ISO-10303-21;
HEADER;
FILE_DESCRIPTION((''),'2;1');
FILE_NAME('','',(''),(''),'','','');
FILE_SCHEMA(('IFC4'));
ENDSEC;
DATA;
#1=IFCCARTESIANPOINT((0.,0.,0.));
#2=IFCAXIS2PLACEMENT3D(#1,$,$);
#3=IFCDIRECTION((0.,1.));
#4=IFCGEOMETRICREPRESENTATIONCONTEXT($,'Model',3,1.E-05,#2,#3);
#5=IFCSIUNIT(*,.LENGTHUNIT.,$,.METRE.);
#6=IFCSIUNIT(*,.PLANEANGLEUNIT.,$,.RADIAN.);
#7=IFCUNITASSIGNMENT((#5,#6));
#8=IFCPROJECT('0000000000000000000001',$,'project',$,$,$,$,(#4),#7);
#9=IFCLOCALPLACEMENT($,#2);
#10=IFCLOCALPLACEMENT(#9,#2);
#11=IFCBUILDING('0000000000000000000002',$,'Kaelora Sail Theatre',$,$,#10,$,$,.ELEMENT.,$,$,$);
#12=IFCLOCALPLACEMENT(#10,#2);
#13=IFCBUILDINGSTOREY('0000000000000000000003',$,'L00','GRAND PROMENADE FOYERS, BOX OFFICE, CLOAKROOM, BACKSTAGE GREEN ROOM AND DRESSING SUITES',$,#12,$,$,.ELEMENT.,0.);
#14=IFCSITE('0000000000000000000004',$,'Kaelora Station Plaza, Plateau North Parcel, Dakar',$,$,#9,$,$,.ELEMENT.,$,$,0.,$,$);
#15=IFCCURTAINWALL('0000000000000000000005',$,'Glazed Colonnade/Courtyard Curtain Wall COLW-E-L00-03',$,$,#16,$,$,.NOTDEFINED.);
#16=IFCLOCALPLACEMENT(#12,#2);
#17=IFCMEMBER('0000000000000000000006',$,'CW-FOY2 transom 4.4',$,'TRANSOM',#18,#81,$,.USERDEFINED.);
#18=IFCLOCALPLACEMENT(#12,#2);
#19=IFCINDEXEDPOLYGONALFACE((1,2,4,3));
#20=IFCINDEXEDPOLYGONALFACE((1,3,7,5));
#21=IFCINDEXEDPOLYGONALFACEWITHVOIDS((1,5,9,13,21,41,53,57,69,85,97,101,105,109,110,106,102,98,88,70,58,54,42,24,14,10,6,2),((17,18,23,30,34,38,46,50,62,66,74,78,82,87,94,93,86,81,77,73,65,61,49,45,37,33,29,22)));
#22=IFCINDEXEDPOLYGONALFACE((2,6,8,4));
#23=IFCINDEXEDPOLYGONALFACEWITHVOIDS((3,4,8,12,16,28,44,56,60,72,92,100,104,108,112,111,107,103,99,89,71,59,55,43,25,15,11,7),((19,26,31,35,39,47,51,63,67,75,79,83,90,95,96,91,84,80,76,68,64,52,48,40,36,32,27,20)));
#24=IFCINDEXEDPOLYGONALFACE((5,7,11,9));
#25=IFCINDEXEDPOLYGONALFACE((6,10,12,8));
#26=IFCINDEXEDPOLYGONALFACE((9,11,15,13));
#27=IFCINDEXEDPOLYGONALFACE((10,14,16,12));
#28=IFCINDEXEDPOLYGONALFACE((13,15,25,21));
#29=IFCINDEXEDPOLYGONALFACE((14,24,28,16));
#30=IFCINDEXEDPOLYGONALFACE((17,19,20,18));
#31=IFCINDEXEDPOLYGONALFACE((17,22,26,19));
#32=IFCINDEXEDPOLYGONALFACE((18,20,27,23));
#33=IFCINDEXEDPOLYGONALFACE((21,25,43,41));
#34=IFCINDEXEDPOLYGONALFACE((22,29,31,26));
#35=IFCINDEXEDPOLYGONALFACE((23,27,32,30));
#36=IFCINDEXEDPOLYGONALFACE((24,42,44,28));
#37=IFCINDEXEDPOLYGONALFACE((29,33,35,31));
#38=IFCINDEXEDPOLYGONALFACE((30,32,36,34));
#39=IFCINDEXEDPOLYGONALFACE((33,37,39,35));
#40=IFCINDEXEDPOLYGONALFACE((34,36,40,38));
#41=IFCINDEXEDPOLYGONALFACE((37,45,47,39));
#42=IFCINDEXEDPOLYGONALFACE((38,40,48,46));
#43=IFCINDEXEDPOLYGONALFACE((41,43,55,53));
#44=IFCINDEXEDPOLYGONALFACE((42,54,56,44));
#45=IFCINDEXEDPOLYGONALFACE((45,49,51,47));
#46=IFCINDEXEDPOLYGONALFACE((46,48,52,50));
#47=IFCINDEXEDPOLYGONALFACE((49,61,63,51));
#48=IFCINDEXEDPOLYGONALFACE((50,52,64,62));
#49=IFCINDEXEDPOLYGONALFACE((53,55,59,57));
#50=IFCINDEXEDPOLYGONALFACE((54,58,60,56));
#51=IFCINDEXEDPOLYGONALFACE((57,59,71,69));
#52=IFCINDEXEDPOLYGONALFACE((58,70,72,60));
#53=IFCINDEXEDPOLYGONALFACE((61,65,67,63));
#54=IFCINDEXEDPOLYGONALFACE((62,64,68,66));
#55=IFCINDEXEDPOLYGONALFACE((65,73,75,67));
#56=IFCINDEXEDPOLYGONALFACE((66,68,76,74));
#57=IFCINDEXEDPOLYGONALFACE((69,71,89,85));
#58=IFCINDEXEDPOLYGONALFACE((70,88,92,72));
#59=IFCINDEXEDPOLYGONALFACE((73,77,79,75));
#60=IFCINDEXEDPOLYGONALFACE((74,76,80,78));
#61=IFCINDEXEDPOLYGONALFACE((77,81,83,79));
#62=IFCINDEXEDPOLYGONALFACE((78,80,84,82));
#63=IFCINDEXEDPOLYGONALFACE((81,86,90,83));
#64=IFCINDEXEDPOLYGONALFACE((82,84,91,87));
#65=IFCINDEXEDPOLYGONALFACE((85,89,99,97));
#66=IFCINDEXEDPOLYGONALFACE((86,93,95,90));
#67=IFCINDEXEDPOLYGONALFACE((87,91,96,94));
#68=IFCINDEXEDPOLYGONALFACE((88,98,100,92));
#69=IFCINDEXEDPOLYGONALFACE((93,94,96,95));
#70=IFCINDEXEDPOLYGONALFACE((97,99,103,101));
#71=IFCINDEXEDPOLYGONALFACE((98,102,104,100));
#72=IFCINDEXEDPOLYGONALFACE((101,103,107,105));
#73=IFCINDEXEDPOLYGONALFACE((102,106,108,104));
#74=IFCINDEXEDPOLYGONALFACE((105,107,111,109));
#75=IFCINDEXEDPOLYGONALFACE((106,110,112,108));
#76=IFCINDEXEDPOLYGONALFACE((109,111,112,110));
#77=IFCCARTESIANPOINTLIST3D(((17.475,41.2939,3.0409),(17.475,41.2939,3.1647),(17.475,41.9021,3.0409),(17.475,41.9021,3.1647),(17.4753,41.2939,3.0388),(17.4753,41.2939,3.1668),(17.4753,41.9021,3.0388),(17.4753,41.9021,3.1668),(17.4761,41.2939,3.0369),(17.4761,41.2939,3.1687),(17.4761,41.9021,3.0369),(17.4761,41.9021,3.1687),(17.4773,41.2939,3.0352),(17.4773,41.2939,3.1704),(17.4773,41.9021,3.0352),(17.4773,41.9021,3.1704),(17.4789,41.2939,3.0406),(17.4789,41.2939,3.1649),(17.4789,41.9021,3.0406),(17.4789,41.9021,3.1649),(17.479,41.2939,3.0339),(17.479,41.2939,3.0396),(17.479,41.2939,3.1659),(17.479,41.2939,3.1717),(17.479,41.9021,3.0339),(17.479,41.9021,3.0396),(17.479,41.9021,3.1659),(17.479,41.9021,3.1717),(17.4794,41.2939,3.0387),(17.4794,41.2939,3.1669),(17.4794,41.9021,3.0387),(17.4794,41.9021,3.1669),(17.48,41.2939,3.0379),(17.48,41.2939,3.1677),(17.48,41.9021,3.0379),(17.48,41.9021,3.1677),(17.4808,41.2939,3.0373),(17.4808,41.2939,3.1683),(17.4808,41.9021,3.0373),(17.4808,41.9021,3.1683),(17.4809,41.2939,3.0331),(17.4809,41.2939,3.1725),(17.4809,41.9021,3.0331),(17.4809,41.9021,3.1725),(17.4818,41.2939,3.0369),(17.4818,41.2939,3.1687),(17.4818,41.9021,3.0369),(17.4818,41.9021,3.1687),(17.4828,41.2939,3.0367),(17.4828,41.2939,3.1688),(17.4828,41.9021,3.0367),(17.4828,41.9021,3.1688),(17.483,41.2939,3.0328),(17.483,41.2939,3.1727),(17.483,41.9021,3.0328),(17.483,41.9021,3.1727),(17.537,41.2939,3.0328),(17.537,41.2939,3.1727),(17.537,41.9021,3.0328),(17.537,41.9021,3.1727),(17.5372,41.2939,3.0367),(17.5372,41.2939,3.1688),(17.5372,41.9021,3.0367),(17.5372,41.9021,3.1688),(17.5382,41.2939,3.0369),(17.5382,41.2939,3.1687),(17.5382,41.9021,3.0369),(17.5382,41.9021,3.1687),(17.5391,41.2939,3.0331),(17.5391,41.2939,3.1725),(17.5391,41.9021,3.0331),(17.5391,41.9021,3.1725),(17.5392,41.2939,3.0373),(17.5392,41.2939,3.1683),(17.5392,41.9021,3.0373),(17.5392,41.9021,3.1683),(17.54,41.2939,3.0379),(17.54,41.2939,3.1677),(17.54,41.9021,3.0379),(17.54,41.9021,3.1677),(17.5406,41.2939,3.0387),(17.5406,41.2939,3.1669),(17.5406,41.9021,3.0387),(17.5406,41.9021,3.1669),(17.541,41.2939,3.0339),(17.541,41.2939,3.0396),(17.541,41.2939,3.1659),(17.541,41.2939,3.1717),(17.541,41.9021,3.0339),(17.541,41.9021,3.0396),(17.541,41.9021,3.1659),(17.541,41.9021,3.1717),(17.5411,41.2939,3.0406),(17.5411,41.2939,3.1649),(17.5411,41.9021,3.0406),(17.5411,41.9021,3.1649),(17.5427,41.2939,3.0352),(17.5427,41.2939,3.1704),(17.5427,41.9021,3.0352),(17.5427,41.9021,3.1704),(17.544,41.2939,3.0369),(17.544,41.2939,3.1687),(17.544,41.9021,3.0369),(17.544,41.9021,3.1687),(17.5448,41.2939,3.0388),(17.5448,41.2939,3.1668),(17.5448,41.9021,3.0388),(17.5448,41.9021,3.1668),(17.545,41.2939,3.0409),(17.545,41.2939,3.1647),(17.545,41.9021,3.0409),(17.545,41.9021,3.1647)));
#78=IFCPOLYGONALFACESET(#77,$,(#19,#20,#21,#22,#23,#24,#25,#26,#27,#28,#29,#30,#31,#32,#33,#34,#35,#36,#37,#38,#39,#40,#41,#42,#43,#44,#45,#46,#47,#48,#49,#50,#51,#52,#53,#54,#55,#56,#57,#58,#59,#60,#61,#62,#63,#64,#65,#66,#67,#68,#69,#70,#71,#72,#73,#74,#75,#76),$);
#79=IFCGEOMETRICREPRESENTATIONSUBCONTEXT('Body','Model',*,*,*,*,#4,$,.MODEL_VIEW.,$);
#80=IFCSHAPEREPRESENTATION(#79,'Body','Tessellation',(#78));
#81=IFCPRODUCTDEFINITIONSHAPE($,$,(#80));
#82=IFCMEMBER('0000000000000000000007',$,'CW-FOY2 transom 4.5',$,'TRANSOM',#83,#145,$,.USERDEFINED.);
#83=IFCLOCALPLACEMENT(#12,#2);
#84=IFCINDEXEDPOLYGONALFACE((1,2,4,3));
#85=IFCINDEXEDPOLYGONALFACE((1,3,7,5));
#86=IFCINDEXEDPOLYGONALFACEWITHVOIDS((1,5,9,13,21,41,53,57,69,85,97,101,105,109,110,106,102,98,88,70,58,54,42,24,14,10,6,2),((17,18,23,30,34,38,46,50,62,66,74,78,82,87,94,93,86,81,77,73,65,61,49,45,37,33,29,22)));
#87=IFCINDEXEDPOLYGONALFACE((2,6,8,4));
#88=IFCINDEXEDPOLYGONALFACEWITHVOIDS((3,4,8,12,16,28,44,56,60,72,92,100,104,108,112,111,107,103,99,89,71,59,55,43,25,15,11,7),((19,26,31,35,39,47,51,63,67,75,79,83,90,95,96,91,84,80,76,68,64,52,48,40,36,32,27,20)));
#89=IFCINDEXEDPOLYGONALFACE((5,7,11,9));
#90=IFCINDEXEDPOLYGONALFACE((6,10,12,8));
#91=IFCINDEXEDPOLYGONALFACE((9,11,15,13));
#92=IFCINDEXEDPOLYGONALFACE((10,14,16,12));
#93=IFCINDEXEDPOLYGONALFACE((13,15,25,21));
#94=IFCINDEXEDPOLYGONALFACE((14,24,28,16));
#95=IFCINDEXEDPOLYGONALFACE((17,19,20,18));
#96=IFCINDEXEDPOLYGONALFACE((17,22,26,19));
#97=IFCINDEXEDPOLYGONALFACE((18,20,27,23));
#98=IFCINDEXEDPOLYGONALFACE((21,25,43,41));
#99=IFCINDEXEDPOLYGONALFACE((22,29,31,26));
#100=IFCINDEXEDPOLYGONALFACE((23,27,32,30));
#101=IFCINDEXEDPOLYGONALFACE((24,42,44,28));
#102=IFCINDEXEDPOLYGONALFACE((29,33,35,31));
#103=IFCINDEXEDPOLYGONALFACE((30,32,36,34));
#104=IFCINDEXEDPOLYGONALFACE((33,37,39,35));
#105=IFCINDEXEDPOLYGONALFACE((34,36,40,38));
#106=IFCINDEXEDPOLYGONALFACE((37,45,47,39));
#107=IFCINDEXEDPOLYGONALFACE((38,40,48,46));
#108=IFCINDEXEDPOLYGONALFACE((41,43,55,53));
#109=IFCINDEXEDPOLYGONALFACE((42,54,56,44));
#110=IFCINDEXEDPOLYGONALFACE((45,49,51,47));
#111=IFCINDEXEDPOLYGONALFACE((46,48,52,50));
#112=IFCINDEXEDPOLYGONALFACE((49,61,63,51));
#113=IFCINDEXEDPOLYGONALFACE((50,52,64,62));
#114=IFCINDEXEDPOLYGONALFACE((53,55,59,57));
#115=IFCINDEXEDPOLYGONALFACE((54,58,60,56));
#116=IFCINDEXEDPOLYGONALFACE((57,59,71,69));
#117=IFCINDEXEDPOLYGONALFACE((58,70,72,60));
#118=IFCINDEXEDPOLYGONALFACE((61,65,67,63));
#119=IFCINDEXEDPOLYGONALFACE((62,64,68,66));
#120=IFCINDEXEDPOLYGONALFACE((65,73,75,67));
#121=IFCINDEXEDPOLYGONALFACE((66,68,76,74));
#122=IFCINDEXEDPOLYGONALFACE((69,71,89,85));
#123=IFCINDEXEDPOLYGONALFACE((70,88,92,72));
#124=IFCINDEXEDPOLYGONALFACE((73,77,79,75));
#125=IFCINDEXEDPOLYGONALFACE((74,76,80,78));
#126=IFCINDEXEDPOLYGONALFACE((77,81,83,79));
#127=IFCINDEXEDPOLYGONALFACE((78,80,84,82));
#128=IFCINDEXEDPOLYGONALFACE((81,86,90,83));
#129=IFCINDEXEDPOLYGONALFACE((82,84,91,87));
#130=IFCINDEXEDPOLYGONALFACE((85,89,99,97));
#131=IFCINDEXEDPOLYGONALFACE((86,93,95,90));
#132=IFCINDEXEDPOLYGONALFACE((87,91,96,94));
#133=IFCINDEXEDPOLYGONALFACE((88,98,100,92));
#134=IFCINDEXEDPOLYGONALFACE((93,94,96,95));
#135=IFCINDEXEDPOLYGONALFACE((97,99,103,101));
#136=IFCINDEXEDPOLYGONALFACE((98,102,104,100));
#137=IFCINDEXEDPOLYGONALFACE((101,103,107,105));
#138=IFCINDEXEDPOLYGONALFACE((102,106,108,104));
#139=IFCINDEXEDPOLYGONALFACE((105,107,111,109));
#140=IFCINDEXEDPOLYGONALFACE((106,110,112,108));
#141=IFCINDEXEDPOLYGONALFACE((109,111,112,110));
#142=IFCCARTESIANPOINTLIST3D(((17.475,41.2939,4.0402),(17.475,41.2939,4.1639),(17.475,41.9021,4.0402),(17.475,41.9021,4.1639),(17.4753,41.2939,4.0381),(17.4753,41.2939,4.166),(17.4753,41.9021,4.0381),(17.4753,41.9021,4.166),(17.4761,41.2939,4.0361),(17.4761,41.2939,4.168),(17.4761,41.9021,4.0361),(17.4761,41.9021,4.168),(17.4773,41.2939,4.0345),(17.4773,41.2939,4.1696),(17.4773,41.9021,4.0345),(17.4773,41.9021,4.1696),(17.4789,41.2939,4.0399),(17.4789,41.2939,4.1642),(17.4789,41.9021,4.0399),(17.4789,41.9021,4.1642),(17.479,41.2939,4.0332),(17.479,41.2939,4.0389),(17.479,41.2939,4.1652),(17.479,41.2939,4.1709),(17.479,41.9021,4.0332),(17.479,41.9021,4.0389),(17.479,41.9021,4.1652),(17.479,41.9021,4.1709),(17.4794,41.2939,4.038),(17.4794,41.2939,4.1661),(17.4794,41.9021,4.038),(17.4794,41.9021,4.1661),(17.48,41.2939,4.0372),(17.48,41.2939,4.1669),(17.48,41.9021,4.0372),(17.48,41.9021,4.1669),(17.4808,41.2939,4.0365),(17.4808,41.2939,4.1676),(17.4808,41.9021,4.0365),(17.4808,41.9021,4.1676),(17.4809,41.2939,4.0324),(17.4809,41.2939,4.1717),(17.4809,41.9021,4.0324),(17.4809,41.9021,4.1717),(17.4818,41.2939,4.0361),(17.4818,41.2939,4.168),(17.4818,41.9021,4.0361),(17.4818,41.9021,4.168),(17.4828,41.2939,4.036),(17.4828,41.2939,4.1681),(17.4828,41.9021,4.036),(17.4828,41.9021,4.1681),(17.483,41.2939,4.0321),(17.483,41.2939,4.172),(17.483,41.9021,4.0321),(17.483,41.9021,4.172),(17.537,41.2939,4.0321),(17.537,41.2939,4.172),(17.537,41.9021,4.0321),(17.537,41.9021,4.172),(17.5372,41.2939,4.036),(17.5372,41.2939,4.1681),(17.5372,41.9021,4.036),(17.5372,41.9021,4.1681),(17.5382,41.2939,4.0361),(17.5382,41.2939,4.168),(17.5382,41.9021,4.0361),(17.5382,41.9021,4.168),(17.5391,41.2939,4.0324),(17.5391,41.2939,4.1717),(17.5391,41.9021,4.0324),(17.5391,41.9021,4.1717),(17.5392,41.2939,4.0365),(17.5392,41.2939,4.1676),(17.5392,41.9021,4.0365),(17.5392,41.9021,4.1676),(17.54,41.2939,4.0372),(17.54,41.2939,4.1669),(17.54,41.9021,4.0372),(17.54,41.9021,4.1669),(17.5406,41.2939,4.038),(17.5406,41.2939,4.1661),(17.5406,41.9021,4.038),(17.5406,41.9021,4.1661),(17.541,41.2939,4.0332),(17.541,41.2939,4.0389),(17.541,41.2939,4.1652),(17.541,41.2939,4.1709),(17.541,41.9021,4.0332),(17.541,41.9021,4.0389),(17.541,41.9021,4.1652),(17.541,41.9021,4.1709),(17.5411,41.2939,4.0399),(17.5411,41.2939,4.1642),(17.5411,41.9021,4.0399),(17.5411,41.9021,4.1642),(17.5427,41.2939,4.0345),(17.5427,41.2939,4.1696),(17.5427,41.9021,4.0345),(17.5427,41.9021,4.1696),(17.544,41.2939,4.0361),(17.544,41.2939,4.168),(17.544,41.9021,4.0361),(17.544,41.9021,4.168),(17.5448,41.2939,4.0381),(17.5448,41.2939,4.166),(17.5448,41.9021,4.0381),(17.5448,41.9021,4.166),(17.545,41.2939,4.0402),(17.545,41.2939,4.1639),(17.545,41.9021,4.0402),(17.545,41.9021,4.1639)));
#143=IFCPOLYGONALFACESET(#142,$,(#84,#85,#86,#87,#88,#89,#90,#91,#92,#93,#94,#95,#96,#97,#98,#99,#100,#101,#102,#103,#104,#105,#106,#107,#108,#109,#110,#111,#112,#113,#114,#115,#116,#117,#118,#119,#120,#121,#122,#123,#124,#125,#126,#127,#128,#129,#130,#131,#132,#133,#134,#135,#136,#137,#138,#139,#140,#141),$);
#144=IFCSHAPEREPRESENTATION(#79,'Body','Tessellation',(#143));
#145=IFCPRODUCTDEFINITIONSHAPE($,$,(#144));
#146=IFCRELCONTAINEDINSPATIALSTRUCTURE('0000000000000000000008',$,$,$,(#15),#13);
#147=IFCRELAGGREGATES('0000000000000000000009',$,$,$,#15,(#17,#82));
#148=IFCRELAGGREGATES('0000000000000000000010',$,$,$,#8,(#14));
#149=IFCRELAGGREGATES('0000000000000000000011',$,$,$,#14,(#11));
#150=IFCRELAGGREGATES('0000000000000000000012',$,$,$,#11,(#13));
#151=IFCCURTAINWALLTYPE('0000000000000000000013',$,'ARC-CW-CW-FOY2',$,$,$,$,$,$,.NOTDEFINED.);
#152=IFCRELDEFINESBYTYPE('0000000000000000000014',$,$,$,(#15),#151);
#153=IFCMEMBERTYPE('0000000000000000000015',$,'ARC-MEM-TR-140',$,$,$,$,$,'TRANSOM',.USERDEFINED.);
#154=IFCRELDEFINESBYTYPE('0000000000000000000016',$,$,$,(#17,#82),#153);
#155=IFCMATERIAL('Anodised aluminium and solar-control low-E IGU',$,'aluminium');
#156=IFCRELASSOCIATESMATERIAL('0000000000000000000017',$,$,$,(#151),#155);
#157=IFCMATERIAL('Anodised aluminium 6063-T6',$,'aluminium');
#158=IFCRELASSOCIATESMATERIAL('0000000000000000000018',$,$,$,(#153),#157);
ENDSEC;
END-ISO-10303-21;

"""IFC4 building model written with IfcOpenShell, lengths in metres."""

from ifc_helpers import new_model, si_unit, direction, frame, origin, origin_2d, place, context, subcontext, project, spatial, hollow_rectangle, extrude, material, material_profile, profile_set, type_object, element, aggregate, save


model = new_model("IFC4")

# Units and contexts
model_context = context("Model", 3, precision=1e-05, world=origin(), true_north=direction((0.0, 1.0)))
body_context = subcontext(model_context, "Body", "Model", "MODEL_VIEW")
ifc_project = project(units=[si_unit("LENGTHUNIT", "METRE"), si_unit("PLANEANGLEUNIT", "RADIAN")], contexts=[model_context])

# Site, building, storey
site_placement = place(None, origin())
site = spatial("IfcSite", under=ifc_project, at=site_placement, Name="Kaelora Station Plaza, Plateau North Parcel, Dakar", CompositionType="ELEMENT", RefElevation=0.0)
building_placement = place(site_placement, origin())
building = spatial("IfcBuilding", under=site, at=building_placement, Name="Kaelora Sail Theatre", CompositionType="ELEMENT")
storey_placement = place(building_placement, origin())
storey = spatial("IfcBuildingStorey", under=building, at=storey_placement, Name="L00", Description="GRAND PROMENADE FOYERS, BOX OFFICE, CLOAKROOM, BACKSTAGE GREEN ROOM AND DRESSING SUITES", CompositionType="ELEMENT", Elevation=0.0)

# Curtain wall, members
ifc_material_1 = material(Name="Anodised aluminium and solar-control low-E IGU", Category="aluminium")
curtain_wall_type = type_object("IfcCurtainWallType", Name="ARC-CW-CW-FOY2", PredefinedType="NOTDEFINED", material=ifc_material_1)
curtain_wall_1_placement = place(storey_placement, origin())
curtain_wall_1 = element("IfcCurtainWall", 1, at=curtain_wall_1_placement, inside=storey, type_object=curtain_wall_type, Name="Glazed Colonnade/Courtyard Curtain Wall COLW-E-L00-03", PredefinedType="NOTDEFINED")
ifc_material_2 = material(Name="Anodised aluminium 6063-T6", Category="aluminium")
ifc_material_profile = material_profile(ifc_material_2, hollow_rectangle(XDim=0.0701, YDim=0.1399, WallThickness=0.0039, InnerFilletRadius=0.0039, OuterFilletRadius=0.0081, at=origin_2d()), Name="ALU-TRAN 70x140x4")
ifc_profile_set = profile_set([ifc_material_profile], Name="Anodised aluminium 6063-T6")
member_type = type_object("IfcMemberType", Name="ARC-MEM-TR-140", ElementType="TRANSOM", PredefinedType="USERDEFINED", material=ifc_profile_set)
member_1_placement = place(storey_placement, frame((17.51, 41.2939, 3.1028), z_axis=(0.0, 1.0, 0.0), x_axis=(-1.0, 0.0, 0.0)))
member_1 = element("IfcMember", 2, at=member_1_placement, type_object=member_type, Name="CW-FOY2 transom 4.4", ObjectType="TRANSOM", PredefinedType="USERDEFINED", context=body_context, shape_type="SweptSolid", body=[
    extrude(hollow_rectangle(XDim=0.0701, YDim=0.1399, WallThickness=0.0039, InnerFilletRadius=0.0039, OuterFilletRadius=0.0081, at=origin_2d()), origin(), (0.0, 0.0, 1.0), 0.6082),
])
member_2_placement = place(storey_placement, frame((17.51, 41.2939, 4.1021), z_axis=(0.0, 1.0, 0.0), x_axis=(-1.0, 0.0, 0.0)))
member_2 = element("IfcMember", 3, at=member_2_placement, type_object=member_type, Name="CW-FOY2 transom 4.5", ObjectType="TRANSOM", PredefinedType="USERDEFINED", context=body_context, shape_type="SweptSolid", body=[
    extrude(hollow_rectangle(XDim=0.0701, YDim=0.1399, WallThickness=0.0039, InnerFilletRadius=0.0039, OuterFilletRadius=0.0081, at=origin_2d()), origin(), (0.0, 0.0, 1.0), 0.6082),
])

aggregate(curtain_wall_1, [member_1, member_2])

save(model, "model.ifc")
